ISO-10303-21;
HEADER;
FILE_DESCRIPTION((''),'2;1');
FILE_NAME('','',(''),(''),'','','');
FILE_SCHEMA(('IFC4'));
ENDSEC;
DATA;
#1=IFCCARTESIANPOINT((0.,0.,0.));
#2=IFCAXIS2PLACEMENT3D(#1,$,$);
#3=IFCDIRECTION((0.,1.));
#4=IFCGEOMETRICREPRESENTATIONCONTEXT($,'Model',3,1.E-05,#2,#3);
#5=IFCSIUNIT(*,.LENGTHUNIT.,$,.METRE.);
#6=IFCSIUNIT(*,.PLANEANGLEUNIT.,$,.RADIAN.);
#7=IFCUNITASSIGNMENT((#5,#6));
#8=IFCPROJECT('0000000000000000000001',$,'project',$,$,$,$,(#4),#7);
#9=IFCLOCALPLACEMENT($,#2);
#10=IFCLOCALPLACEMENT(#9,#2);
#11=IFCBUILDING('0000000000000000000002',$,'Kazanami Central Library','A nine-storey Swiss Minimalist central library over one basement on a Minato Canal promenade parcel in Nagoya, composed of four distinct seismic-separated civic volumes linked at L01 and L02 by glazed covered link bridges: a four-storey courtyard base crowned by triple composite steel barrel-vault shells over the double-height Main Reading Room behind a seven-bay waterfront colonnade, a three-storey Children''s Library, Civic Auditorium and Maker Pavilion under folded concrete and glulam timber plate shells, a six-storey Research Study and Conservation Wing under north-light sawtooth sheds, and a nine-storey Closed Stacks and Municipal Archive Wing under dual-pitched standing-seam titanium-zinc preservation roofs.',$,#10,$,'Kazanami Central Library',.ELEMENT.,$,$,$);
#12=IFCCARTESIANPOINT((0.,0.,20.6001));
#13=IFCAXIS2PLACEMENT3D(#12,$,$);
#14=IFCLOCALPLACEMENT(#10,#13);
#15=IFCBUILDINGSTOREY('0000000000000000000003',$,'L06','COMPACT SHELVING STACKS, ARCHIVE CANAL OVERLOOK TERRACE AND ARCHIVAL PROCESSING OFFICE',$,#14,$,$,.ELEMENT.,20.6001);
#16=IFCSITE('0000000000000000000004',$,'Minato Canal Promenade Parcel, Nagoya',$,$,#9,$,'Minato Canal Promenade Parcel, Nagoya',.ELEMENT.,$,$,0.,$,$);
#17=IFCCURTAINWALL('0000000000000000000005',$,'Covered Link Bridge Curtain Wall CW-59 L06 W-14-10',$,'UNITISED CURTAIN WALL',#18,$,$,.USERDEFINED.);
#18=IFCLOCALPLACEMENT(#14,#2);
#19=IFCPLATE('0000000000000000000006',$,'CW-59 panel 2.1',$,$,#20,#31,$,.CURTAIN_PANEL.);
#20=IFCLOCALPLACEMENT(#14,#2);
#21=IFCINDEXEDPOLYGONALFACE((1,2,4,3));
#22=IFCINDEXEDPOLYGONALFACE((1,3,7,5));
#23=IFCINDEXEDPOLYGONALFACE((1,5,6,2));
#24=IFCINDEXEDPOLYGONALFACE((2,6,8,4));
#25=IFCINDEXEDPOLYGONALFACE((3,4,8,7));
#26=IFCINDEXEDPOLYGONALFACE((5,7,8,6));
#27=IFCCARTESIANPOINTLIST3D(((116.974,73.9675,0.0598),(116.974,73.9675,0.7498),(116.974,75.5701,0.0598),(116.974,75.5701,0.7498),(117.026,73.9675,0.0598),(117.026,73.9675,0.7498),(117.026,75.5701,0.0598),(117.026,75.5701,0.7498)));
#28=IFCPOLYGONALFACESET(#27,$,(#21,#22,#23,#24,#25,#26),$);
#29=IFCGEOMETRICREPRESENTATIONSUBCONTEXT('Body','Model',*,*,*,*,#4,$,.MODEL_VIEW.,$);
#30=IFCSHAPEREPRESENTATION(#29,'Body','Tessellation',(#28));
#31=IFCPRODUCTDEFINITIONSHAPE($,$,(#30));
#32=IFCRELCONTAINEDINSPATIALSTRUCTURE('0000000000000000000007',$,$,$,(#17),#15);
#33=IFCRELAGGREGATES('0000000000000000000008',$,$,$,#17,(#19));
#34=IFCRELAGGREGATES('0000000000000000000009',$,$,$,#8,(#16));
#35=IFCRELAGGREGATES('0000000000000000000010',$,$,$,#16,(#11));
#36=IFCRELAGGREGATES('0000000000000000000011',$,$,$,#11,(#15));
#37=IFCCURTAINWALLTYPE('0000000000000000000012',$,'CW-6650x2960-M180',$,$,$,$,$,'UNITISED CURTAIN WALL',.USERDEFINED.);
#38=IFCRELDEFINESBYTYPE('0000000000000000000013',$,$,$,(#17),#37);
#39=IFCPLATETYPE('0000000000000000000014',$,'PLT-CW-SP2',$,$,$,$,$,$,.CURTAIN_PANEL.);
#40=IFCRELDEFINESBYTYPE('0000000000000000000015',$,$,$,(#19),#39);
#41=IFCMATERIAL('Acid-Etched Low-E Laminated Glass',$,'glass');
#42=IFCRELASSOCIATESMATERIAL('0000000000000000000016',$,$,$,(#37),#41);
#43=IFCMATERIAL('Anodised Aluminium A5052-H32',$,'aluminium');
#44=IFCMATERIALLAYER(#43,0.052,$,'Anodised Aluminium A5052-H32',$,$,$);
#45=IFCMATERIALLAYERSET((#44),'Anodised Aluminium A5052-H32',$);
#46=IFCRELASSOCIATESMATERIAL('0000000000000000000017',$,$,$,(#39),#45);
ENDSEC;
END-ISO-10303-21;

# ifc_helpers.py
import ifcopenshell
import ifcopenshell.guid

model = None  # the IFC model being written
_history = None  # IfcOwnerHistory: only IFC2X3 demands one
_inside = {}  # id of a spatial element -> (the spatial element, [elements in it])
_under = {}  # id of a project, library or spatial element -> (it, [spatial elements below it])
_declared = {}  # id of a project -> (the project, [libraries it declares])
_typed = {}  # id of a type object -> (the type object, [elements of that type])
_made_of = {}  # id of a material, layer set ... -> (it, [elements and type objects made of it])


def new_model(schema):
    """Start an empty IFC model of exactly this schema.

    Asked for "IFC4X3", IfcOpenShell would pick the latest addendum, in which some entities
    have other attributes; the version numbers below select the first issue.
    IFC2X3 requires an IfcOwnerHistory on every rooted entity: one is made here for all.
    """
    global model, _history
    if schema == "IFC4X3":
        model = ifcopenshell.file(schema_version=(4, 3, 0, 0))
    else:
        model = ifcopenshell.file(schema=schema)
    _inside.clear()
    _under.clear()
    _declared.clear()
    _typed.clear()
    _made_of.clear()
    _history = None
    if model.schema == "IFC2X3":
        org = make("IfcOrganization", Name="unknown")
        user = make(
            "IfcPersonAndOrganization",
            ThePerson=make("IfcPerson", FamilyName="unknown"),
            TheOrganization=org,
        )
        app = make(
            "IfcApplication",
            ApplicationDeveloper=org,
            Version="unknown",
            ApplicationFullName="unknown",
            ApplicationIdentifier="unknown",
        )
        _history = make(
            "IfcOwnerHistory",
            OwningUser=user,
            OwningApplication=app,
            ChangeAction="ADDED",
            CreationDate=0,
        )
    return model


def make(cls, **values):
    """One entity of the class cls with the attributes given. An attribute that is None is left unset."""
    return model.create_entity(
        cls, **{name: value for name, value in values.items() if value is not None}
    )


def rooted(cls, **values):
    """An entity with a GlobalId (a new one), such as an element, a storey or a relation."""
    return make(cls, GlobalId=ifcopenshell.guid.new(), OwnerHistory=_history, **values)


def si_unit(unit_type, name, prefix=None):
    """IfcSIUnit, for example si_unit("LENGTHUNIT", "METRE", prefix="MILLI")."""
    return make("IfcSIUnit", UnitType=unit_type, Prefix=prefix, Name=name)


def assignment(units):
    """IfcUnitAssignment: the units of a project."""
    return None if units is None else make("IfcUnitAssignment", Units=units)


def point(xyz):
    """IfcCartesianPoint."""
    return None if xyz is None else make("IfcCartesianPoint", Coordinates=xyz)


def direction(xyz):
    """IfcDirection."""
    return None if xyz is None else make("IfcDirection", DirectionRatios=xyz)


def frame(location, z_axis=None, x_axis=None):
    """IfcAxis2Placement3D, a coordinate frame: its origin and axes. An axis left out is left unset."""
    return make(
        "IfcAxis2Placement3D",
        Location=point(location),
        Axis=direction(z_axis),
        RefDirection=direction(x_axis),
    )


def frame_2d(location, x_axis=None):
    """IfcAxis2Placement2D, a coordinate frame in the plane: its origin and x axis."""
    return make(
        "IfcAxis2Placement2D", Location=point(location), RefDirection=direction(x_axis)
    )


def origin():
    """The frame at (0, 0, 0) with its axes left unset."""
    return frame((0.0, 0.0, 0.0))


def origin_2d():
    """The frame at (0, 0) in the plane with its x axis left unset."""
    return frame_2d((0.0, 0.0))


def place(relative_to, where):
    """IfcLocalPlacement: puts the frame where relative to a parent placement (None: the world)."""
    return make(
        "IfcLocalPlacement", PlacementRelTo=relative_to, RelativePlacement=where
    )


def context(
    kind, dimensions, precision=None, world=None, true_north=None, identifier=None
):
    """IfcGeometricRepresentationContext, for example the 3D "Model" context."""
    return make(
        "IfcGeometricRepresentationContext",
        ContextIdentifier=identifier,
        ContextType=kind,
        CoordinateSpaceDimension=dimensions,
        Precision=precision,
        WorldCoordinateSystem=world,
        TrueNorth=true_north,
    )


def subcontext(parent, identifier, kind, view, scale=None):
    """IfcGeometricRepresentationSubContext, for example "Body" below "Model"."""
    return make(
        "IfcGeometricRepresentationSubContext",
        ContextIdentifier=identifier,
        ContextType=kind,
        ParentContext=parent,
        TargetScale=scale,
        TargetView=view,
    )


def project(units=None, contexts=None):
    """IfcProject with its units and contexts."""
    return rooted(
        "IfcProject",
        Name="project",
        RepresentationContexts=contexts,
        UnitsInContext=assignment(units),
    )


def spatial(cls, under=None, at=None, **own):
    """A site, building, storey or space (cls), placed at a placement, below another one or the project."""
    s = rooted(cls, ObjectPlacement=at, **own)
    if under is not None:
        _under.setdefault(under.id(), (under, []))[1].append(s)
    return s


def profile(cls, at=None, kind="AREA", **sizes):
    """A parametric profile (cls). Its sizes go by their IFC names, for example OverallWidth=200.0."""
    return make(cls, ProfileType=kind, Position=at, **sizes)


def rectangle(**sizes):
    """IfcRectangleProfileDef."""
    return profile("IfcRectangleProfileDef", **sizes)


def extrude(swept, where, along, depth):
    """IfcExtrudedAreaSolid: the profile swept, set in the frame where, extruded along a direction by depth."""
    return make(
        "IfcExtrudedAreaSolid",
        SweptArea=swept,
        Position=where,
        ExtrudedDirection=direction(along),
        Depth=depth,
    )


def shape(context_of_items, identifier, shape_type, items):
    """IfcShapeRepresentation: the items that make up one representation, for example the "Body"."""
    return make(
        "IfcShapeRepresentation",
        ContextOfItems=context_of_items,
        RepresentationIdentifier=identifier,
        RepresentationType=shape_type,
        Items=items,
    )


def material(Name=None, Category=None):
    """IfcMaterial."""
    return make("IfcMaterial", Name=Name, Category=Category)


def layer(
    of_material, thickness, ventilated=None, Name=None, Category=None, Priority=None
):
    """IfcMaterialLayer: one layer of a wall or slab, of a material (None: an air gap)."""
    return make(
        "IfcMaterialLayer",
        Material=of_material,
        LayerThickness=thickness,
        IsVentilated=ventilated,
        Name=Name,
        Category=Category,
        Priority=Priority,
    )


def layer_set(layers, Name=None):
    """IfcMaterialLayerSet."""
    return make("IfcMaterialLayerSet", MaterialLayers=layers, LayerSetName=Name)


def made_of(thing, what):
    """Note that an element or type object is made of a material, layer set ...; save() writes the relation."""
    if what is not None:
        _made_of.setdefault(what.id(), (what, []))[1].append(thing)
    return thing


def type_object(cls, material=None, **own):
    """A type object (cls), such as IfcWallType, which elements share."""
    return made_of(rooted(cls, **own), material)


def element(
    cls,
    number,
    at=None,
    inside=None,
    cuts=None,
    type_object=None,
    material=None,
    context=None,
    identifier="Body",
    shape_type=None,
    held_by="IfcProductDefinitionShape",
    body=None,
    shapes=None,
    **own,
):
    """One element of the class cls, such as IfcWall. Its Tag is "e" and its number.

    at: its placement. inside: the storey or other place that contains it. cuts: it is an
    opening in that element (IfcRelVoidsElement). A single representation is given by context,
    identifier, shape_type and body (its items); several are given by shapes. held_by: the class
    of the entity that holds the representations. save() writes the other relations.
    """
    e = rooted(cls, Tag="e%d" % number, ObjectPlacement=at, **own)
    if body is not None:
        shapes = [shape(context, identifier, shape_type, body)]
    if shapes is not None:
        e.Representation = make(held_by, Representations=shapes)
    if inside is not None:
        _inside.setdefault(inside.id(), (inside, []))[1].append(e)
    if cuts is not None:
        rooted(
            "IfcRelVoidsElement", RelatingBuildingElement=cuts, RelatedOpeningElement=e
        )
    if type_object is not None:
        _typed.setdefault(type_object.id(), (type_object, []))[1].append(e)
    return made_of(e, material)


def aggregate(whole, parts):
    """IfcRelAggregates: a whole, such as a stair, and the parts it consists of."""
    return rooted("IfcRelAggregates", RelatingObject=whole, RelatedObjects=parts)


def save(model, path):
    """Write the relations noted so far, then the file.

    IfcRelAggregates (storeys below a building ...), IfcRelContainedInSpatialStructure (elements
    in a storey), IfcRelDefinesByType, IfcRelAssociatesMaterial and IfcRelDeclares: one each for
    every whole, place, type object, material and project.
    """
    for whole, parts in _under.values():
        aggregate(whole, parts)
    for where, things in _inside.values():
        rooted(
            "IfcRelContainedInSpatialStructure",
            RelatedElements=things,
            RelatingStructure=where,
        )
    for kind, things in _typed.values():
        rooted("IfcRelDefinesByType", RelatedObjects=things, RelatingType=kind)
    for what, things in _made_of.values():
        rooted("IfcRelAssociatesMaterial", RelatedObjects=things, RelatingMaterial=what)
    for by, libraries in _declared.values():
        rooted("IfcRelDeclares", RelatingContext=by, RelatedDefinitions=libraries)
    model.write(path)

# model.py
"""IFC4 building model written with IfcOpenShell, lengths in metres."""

from ifc_helpers import new_model, si_unit, direction, frame, origin, origin_2d, place, context, subcontext, project, spatial, rectangle, extrude, material, layer, layer_set, type_object, element, aggregate, save


model = new_model("IFC4")

# Units and contexts
model_context = context("Model", 3, precision=1e-05, world=origin(), true_north=direction((0.0, 1.0)))
body_context = subcontext(model_context, "Body", "Model", "MODEL_VIEW")
ifc_project = project(units=[si_unit("LENGTHUNIT", "METRE"), si_unit("PLANEANGLEUNIT", "RADIAN")], contexts=[model_context])

# Site, building, storey
site_placement = place(None, origin())
site = spatial("IfcSite", under=ifc_project, at=site_placement, Name="Minato Canal Promenade Parcel, Nagoya", LongName="Minato Canal Promenade Parcel, Nagoya", CompositionType="ELEMENT", RefElevation=0.0)
building_placement = place(site_placement, origin())
building = spatial("IfcBuilding", under=site, at=building_placement, Name="Kazanami Central Library", Description="A nine-storey Swiss Minimalist central library over one basement on a Minato Canal promenade parcel in Nagoya, composed of four distinct seismic-separated civic volumes linked at L01 and L02 by glazed covered link bridges: a four-storey courtyard base crowned by triple composite steel barrel-vault shells over the double-height Main Reading Room behind a seven-bay waterfront colonnade, a three-storey Children's Library, Civic Auditorium and Maker Pavilion under folded concrete and glulam timber plate shells, a six-storey Research Study and Conservation Wing under north-light sawtooth sheds, and a nine-storey Closed Stacks and Municipal Archive Wing under dual-pitched standing-seam titanium-zinc preservation roofs.", LongName="Kazanami Central Library", CompositionType="ELEMENT")
storey_placement = place(building_placement, frame((0.0, 0.0, 20.6001)))
storey = spatial("IfcBuildingStorey", under=building, at=storey_placement, Name="L06", Description="COMPACT SHELVING STACKS, ARCHIVE CANAL OVERLOOK TERRACE AND ARCHIVAL PROCESSING OFFICE", CompositionType="ELEMENT", Elevation=20.6001)

# Curtain wall
ifc_material_1 = material(Name="Acid-Etched Low-E Laminated Glass", Category="glass")
curtain_wall_type = type_object("IfcCurtainWallType", Name="CW-6650x2960-M180", ElementType="UNITISED CURTAIN WALL", PredefinedType="USERDEFINED", material=ifc_material_1)
curtain_wall_1_placement = place(storey_placement, origin())
curtain_wall_1 = element("IfcCurtainWall", 1, at=curtain_wall_1_placement, inside=storey, type_object=curtain_wall_type, Name="Covered Link Bridge Curtain Wall CW-59 L06 W-14-10", ObjectType="UNITISED CURTAIN WALL", PredefinedType="USERDEFINED")

# Plate
ifc_material_2 = material(Name="Anodised Aluminium A5052-H32", Category="aluminium")
ifc_layer_1 = layer(ifc_material_2, 0.052, Name="Anodised Aluminium A5052-H32")
ifc_layer_set_1 = layer_set([ifc_layer_1], Name="Anodised Aluminium A5052-H32")
plate_type_1 = type_object("IfcPlateType", Name="PLT-CW-SP2", PredefinedType="CURTAIN_PANEL", material=ifc_layer_set_1)
plate_1_placement = place(storey_placement, frame((117.0, 74.7688, 0.0598), z_axis=(0.0, 0.0, 1.0), x_axis=(0.0, 1.0, 0.0)))
plate_1 = element("IfcPlate", 2, at=plate_1_placement, type_object=plate_type_1, Name="CW-59 panel 2.1", PredefinedType="CURTAIN_PANEL", context=body_context, shape_type="SweptSolid", body=[
    extrude(rectangle(XDim=1.6025, YDim=0.052, at=origin_2d()), origin(), (0.0, 0.0, 1.0), 0.6899),
])
aggregate(curtain_wall_1, [plate_1])

save(model, "model.ifc")
